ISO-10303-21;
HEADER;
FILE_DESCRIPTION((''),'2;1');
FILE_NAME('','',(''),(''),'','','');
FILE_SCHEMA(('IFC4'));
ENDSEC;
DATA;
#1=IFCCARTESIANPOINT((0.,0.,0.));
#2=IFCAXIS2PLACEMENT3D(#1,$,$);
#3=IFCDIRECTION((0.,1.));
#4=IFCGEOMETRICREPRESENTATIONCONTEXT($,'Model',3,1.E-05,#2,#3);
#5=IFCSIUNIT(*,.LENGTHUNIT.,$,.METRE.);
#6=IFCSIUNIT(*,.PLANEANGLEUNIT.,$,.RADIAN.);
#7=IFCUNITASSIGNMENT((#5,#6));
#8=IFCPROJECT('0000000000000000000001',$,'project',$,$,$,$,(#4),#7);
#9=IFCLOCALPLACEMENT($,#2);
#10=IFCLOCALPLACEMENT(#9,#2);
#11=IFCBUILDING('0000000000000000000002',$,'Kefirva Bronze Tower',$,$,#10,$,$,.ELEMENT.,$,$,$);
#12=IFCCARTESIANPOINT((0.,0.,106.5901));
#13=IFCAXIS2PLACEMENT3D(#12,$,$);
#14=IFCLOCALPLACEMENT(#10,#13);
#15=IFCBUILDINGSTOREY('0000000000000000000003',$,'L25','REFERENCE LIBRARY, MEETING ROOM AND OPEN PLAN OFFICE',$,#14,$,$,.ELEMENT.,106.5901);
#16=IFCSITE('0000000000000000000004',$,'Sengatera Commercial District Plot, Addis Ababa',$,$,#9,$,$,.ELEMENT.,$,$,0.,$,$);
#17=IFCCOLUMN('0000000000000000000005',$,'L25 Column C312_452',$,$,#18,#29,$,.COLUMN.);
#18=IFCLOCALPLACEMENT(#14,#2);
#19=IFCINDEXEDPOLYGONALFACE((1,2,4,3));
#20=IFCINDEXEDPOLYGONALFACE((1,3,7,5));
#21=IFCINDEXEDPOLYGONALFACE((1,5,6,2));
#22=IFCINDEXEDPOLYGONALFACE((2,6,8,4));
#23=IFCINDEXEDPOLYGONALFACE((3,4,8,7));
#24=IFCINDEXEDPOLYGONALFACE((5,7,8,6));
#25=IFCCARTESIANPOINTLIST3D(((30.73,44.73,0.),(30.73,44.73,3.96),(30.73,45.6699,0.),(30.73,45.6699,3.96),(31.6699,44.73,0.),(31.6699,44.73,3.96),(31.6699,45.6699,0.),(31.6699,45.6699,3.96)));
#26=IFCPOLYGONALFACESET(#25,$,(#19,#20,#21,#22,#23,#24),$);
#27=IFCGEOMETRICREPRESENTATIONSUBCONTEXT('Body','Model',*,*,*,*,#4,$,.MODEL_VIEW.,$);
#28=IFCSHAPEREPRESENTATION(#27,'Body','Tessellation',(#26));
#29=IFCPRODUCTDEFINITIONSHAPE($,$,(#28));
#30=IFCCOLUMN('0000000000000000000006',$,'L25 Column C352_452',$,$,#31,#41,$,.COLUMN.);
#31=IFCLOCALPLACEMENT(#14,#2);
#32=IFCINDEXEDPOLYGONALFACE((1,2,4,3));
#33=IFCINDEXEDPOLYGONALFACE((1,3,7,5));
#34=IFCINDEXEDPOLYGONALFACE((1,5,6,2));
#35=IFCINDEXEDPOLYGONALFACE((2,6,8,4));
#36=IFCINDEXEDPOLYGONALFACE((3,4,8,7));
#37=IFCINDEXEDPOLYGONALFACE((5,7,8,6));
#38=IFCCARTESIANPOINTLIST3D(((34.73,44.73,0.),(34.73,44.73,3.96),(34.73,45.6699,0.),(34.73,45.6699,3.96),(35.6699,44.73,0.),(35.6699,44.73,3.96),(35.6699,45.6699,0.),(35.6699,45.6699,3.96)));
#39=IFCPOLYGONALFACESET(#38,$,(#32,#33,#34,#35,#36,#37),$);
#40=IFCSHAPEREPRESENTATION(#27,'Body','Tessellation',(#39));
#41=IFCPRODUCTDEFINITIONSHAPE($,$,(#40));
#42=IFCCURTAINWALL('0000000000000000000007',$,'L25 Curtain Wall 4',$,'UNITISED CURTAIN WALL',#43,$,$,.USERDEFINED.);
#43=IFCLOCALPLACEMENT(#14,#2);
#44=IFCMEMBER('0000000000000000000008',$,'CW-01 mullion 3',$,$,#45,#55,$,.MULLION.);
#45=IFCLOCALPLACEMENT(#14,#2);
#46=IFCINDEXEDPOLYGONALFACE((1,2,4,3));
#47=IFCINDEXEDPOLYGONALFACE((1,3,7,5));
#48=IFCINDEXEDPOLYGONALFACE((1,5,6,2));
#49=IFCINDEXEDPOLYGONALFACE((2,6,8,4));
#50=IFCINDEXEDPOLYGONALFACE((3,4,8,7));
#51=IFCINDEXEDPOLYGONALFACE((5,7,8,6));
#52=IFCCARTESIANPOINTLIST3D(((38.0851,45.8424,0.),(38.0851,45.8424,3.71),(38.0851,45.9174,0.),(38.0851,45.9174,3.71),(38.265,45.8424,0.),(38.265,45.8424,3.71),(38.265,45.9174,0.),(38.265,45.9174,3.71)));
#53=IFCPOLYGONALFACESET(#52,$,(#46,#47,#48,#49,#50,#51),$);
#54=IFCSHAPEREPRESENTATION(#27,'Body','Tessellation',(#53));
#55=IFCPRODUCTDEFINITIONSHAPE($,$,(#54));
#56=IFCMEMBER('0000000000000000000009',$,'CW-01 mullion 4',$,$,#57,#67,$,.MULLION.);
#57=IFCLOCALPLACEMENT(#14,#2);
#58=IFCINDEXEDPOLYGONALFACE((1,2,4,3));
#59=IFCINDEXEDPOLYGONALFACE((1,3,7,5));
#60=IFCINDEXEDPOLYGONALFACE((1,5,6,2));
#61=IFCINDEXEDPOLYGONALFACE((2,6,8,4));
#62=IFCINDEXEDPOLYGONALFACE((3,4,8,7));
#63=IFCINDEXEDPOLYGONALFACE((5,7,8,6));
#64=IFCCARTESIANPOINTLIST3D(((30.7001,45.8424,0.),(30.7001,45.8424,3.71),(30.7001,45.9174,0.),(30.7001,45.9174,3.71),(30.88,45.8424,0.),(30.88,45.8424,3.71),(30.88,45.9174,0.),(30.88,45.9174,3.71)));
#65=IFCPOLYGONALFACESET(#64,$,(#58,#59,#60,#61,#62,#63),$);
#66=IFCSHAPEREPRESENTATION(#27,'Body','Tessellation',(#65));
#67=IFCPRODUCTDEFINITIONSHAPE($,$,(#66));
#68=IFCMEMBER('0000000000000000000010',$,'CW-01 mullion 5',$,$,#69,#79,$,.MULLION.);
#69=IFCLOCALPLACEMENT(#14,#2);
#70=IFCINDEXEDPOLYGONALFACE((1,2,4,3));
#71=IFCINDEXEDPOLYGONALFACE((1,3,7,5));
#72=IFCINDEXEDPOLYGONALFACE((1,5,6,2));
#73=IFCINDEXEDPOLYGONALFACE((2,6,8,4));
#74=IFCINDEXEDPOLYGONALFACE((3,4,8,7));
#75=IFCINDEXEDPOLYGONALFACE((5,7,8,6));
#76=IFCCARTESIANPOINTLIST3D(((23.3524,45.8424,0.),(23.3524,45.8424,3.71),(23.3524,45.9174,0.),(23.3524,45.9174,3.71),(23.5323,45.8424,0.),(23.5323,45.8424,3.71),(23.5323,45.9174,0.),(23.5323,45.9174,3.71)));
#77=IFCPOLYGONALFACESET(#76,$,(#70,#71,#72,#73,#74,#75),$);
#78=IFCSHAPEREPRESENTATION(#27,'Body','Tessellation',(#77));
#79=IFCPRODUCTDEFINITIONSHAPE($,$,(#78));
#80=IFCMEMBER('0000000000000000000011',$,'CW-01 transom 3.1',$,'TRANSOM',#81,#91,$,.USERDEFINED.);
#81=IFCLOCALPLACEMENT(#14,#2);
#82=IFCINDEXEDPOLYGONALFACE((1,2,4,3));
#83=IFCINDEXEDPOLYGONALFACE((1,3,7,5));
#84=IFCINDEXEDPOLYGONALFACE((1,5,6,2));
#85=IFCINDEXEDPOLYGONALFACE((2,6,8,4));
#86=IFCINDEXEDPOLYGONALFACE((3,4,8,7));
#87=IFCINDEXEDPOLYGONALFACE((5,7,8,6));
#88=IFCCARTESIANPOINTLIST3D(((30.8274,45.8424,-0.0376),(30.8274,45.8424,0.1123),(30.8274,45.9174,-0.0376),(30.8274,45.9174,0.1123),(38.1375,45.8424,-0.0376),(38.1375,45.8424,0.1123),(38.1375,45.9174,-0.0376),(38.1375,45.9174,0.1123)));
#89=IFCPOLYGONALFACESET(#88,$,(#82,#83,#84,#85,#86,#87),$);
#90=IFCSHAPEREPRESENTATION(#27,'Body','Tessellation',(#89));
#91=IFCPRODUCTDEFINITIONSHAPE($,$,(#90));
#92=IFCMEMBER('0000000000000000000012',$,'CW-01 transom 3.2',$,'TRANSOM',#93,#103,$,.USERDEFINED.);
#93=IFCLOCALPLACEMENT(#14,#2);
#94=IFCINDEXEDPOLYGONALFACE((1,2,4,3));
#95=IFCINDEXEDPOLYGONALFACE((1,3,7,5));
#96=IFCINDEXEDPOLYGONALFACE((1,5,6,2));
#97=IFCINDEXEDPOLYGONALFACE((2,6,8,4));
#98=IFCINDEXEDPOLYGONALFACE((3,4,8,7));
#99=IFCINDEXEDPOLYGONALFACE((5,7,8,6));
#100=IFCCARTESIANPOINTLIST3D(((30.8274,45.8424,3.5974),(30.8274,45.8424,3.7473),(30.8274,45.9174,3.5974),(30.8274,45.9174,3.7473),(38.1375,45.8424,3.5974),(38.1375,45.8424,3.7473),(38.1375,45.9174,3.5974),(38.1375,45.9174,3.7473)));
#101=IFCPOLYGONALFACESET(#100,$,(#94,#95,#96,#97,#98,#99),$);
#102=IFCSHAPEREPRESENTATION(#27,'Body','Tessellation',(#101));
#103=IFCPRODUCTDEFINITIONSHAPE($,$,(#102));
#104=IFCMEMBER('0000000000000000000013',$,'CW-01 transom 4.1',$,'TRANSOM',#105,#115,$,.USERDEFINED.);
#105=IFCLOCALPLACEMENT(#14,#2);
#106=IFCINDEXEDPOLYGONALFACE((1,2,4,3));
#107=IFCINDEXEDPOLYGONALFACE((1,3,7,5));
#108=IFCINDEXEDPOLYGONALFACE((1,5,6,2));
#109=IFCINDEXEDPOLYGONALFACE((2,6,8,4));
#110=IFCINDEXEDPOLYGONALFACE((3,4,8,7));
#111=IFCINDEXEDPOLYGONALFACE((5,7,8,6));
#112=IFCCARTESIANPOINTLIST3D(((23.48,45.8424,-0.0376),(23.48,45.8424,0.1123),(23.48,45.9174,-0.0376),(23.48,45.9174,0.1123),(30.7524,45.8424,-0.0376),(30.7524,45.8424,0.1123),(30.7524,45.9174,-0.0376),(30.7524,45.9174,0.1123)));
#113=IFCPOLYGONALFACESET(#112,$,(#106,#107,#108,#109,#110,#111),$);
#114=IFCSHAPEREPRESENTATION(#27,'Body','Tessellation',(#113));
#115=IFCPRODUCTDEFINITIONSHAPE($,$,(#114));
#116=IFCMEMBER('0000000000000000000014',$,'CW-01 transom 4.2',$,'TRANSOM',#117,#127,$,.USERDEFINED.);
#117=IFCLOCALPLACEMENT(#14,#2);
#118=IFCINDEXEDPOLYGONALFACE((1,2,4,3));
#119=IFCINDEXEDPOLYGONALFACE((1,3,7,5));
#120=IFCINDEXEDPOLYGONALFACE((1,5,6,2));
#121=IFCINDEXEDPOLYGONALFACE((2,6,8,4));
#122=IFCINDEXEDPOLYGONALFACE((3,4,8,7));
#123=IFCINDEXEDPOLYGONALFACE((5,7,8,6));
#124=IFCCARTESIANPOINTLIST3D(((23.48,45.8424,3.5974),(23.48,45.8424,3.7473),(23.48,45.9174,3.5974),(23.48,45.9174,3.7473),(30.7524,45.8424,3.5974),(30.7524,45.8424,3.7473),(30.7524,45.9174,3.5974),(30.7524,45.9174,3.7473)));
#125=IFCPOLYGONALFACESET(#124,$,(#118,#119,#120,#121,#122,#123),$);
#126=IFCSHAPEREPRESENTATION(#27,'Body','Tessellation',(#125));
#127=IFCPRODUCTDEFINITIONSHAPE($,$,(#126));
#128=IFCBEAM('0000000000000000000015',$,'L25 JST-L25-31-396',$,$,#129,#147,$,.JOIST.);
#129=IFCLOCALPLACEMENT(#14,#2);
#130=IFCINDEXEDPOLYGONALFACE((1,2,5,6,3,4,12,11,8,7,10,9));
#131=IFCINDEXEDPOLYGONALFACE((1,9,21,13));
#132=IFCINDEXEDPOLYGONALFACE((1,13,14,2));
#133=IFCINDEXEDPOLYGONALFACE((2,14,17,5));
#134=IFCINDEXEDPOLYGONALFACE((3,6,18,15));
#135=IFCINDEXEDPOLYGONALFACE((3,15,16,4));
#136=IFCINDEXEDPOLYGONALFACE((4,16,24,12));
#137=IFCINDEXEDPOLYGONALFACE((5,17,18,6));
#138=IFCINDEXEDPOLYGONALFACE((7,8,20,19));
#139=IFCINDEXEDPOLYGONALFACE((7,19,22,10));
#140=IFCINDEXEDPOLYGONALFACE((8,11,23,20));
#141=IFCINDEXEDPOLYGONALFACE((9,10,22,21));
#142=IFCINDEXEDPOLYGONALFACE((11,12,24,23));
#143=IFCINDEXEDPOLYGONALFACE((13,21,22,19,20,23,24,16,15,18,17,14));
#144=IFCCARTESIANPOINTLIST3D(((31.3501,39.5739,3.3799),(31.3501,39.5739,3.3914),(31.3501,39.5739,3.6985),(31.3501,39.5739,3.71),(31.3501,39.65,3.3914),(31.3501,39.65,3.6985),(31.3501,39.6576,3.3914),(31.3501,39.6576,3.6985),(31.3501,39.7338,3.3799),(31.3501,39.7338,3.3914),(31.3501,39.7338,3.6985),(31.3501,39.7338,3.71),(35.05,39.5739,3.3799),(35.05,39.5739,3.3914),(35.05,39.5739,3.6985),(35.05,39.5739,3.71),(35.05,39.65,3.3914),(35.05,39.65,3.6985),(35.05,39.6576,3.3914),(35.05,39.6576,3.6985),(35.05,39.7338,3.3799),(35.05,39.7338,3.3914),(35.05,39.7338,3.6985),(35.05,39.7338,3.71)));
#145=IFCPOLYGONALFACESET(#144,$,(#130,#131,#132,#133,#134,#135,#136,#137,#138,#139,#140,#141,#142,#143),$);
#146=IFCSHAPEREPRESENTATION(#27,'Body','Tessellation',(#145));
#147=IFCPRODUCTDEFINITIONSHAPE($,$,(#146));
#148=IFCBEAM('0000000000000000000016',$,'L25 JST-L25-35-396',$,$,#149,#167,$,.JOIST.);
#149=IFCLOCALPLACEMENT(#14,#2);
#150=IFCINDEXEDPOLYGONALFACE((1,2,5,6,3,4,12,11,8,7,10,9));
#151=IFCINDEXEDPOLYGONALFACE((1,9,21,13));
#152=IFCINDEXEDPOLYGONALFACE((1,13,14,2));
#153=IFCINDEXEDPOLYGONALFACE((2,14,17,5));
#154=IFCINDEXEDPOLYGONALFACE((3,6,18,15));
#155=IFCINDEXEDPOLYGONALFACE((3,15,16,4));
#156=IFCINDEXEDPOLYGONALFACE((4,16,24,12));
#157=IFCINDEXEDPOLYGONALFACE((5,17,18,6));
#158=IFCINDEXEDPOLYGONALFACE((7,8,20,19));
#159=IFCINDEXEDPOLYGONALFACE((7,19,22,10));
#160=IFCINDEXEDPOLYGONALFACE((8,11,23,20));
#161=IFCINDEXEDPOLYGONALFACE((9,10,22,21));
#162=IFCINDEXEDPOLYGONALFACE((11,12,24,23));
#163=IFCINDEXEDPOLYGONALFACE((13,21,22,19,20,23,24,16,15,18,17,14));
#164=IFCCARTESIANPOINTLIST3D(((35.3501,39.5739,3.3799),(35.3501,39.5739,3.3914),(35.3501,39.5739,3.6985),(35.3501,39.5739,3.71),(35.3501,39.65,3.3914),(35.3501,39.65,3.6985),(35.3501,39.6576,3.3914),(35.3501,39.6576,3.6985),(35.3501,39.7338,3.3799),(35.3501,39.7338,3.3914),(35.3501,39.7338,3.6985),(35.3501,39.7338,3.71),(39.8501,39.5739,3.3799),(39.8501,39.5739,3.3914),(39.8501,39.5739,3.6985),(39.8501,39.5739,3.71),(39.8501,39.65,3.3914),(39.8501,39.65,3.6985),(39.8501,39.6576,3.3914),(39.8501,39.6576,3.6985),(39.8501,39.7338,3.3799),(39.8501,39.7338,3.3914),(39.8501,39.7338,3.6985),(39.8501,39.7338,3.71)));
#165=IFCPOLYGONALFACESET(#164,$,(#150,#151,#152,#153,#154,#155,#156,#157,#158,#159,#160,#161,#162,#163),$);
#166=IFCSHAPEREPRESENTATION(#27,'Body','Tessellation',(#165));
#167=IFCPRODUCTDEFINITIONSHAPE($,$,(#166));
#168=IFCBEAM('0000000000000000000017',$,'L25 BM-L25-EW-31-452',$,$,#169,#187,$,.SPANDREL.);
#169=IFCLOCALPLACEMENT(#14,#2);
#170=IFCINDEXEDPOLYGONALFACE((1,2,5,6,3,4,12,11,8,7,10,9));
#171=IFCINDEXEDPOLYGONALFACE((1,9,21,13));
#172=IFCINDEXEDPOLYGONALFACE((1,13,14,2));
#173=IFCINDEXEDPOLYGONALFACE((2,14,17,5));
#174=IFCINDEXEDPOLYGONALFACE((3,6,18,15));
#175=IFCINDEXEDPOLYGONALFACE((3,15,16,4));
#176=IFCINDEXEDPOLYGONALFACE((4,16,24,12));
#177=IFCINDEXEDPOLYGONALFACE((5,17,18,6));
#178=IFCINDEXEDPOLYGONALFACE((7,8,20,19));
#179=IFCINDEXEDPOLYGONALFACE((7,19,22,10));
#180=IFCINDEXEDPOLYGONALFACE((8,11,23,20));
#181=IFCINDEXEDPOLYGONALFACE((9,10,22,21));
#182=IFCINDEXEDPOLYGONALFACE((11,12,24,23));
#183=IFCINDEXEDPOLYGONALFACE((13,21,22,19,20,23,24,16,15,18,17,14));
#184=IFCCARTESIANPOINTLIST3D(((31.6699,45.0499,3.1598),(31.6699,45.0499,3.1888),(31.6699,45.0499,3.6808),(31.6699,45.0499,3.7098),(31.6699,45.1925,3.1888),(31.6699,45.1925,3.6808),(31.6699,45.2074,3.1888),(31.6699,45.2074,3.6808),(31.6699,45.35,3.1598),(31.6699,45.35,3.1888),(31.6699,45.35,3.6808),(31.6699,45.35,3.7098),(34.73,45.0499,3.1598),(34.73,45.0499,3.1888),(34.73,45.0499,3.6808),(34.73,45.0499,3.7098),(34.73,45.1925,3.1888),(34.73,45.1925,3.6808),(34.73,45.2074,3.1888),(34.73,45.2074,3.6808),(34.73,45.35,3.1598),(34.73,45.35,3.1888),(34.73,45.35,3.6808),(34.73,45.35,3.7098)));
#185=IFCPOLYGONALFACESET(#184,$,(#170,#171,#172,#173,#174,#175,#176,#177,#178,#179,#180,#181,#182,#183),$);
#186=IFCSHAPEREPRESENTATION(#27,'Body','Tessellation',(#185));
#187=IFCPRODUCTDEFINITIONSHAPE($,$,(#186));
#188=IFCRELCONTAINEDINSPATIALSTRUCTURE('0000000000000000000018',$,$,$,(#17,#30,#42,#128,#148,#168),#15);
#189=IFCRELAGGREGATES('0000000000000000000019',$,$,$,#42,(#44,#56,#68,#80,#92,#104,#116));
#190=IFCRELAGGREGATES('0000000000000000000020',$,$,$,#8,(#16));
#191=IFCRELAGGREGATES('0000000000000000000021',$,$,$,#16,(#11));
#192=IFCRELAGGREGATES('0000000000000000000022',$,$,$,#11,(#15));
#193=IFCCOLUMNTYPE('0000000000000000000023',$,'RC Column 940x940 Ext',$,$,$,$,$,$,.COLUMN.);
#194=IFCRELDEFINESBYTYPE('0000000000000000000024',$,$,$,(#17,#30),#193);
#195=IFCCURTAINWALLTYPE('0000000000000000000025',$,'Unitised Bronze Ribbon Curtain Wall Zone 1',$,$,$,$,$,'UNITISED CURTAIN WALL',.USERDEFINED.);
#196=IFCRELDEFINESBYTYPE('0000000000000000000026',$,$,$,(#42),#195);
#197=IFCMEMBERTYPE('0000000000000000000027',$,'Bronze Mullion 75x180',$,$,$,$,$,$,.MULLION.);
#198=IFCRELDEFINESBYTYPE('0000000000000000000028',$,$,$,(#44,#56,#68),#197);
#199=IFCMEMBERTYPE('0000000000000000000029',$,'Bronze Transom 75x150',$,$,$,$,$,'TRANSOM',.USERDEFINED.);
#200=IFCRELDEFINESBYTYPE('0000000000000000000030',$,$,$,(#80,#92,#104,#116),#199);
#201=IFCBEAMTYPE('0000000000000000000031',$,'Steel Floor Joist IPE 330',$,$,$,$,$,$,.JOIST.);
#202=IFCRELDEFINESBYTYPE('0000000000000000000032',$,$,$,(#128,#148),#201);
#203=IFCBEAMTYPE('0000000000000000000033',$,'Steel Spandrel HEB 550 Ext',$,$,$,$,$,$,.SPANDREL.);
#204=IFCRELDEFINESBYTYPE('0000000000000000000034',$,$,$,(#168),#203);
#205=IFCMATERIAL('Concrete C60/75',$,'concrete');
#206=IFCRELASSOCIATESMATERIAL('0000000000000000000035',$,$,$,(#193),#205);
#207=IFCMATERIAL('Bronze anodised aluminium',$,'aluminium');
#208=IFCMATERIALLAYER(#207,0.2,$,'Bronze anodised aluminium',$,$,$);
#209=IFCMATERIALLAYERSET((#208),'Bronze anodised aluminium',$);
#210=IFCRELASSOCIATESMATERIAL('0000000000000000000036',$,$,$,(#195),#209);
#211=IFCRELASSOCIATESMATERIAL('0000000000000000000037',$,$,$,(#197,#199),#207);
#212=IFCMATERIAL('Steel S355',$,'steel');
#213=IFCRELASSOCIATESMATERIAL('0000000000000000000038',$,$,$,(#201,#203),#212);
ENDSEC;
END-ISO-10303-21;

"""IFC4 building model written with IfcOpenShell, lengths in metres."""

from ifc_helpers import new_model, si_unit, direction, frame, origin, origin_2d, place, context, subcontext, project, spatial, rectangle, i_section, extrude, material, layer, layer_set, material_profile, profile_set, type_object, element, aggregate, save


model = new_model("IFC4")

# Units and contexts
model_context = context("Model", 3, precision=1e-05, world=origin(), true_north=direction((0.0, 1.0)))
body_context = subcontext(model_context, "Body", "Model", "MODEL_VIEW")
ifc_project = project(units=[si_unit("LENGTHUNIT", "METRE"), si_unit("PLANEANGLEUNIT", "RADIAN")], contexts=[model_context])

# Site, building, storey
site_placement = place(None, origin())
site = spatial("IfcSite", under=ifc_project, at=site_placement, Name="Sengatera Commercial District Plot, Addis Ababa", CompositionType="ELEMENT", RefElevation=0.0)
building_placement = place(site_placement, origin())
building = spatial("IfcBuilding", under=site, at=building_placement, Name="Kefirva Bronze Tower", CompositionType="ELEMENT")
storey_placement = place(building_placement, frame((0.0, 0.0, 106.5901)))
storey = spatial("IfcBuildingStorey", under=building, at=storey_placement, Name="L25", Description="REFERENCE LIBRARY, MEETING ROOM AND OPEN PLAN OFFICE", CompositionType="ELEMENT", Elevation=106.5901)

# Columns
ifc_material_1 = material(Name="Concrete C60/75", Category="concrete")
ifc_material_profile_1 = material_profile(ifc_material_1, rectangle(XDim=0.9399, YDim=0.9399, at=origin_2d()), Name="RC 940x940")
ifc_profile_set_1 = profile_set([ifc_material_profile_1], Name="Concrete C60/75")
column_type = type_object("IfcColumnType", Name="RC Column 940x940 Ext", PredefinedType="COLUMN", material=ifc_profile_set_1)
for number, where, z_axis, x_axis, name in (
    (1, (31.2, 45.2, 0.0), (0.0, 0.0, 1.0), (1.0, 0.0, 0.0), "L25 Column C312_452"),
    (2, (35.2, 45.2, 0.0), (0.0, 0.0, 1.0), (1.0, 0.0, 0.0), "L25 Column C352_452"),
):
    element("IfcColumn", number, at=place(storey_placement, frame(where, z_axis=z_axis, x_axis=x_axis)), inside=storey, type_object=column_type, Name=name, PredefinedType="COLUMN", context=body_context, shape_type="SweptSolid", body=[
        extrude(rectangle(XDim=0.9399, YDim=0.9399, at=origin_2d()), origin(), (0.0, 0.0, 1.0), 3.96),
    ])

# Curtain wall, members
ifc_material_2 = material(Name="Bronze anodised aluminium", Category="aluminium")
ifc_layer_1 = layer(ifc_material_2, 0.2, Name="Bronze anodised aluminium")
ifc_layer_set_1 = layer_set([ifc_layer_1], Name="Bronze anodised aluminium")
curtain_wall_type = type_object("IfcCurtainWallType", Name="Unitised Bronze Ribbon Curtain Wall Zone 1", ElementType="UNITISED CURTAIN WALL", PredefinedType="USERDEFINED", material=ifc_layer_set_1)
curtain_wall_placement = place(storey_placement, origin())
curtain_wall = element("IfcCurtainWall", 3, at=curtain_wall_placement, inside=storey, type_object=curtain_wall_type, Name="L25 Curtain Wall 4", ObjectType="UNITISED CURTAIN WALL", PredefinedType="USERDEFINED")
ifc_material_profile_2 = material_profile(ifc_material_2, rectangle(XDim=0.075, YDim=0.1799, at=origin_2d()), Name="ALU 75x180")
ifc_profile_set_2 = profile_set([ifc_material_profile_2], Name="Bronze anodised aluminium")
member_type_1 = type_object("IfcMemberType", Name="Bronze Mullion 75x180", PredefinedType="MULLION", material=ifc_profile_set_2)
member_1_placement = place(storey_placement, frame((38.175, 45.8799, 0.0), z_axis=(0.0, 0.0, 1.0), x_axis=(0.0, -1.0, 0.0)))
member_1 = element("IfcMember", 4, at=member_1_placement, type_object=member_type_1, Name="CW-01 mullion 3", PredefinedType="MULLION", context=body_context, shape_type="SweptSolid", body=[
    extrude(rectangle(XDim=0.075, YDim=0.1799, at=origin_2d()), origin(), (0.0, 0.0, 1.0), 3.71),
])
member_2_placement = place(storey_placement, frame((30.79, 45.8799, 0.0), z_axis=(0.0, 0.0, 1.0), x_axis=(0.0, -1.0, 0.0)))
member_2 = element("IfcMember", 5, at=member_2_placement, type_object=member_type_1, Name="CW-01 mullion 4", PredefinedType="MULLION", context=body_context, shape_type="SweptSolid", body=[
    extrude(rectangle(XDim=0.075, YDim=0.1799, at=origin_2d()), origin(), (0.0, 0.0, 1.0), 3.71),
])
member_3_placement = place(storey_placement, frame((23.4424, 45.8799, 0.0), z_axis=(0.0, 0.0, 1.0), x_axis=(0.0, -1.0, 0.0)))
member_3 = element("IfcMember", 6, at=member_3_placement, type_object=member_type_1, Name="CW-01 mullion 5", PredefinedType="MULLION", context=body_context, shape_type="SweptSolid", body=[
    extrude(rectangle(XDim=0.075, YDim=0.1799, at=origin_2d()), origin(), (0.0, 0.0, 1.0), 3.71),
])
ifc_material_profile_3 = material_profile(ifc_material_2, rectangle(XDim=0.075, YDim=0.1499, at=origin_2d()), Name="ALU 75x150")
ifc_profile_set_3 = profile_set([ifc_material_profile_3], Name="Bronze anodised aluminium")
member_type_2 = type_object("IfcMemberType", Name="Bronze Transom 75x150", ElementType="TRANSOM", PredefinedType="USERDEFINED", material=ifc_profile_set_3)
member_4_placement = place(storey_placement, frame((38.1375, 45.8799, 0.0374), z_axis=(-1.0, 0.0, 0.0), x_axis=(0.0, -1.0, 0.0)))
member_4 = element("IfcMember", 7, at=member_4_placement, type_object=member_type_2, Name="CW-01 transom 3.1", ObjectType="TRANSOM", PredefinedType="USERDEFINED", context=body_context, shape_type="SweptSolid", body=[
    extrude(rectangle(XDim=0.075, YDim=0.1499, at=origin_2d()), origin(), (0.0, 0.0, 1.0), 7.3101),
])
member_5_placement = place(storey_placement, frame((38.1375, 45.8799, 3.6724), z_axis=(-1.0, 0.0, 0.0), x_axis=(0.0, -1.0, 0.0)))
member_5 = element("IfcMember", 8, at=member_5_placement, type_object=member_type_2, Name="CW-01 transom 3.2", ObjectType="TRANSOM", PredefinedType="USERDEFINED", context=body_context, shape_type="SweptSolid", body=[
    extrude(rectangle(XDim=0.075, YDim=0.1499, at=origin_2d()), origin(), (0.0, 0.0, 1.0), 7.3101),
])
member_6_placement = place(storey_placement, frame((30.7524, 45.8799, 0.0374), z_axis=(-1.0, 0.0, 0.0), x_axis=(0.0, -1.0, 0.0)))
member_6 = element("IfcMember", 9, at=member_6_placement, type_object=member_type_2, Name="CW-01 transom 4.1", ObjectType="TRANSOM", PredefinedType="USERDEFINED", context=body_context, shape_type="SweptSolid", body=[
    extrude(rectangle(XDim=0.075, YDim=0.1499, at=origin_2d()), origin(), (0.0, 0.0, 1.0), 7.2725),
])
member_7_placement = place(storey_placement, frame((30.7524, 45.8799, 3.6724), z_axis=(-1.0, 0.0, 0.0), x_axis=(0.0, -1.0, 0.0)))
member_7 = element("IfcMember", 10, at=member_7_placement, type_object=member_type_2, Name="CW-01 transom 4.2", ObjectType="TRANSOM", PredefinedType="USERDEFINED", context=body_context, shape_type="SweptSolid", body=[
    extrude(rectangle(XDim=0.075, YDim=0.1499, at=origin_2d()), origin(), (0.0, 0.0, 1.0), 7.2725),
])

# Beams
ifc_material_3 = material(Name="Steel S355", Category="steel")
ifc_material_profile_4 = material_profile(ifc_material_3, i_section(OverallWidth=0.1599, OverallDepth=0.3301, WebThickness=0.0076, FlangeThickness=0.0115, at=origin_2d()), Name="IPE 330")
ifc_profile_set_4 = profile_set([ifc_material_profile_4], Name="Steel S355")
beam_type_1 = type_object("IfcBeamType", Name="Steel Floor Joist IPE 330", PredefinedType="JOIST", material=ifc_profile_set_4)
beam_1_placement = place(storey_placement, frame((31.3501, 39.6538, 3.5449), z_axis=(1.0, 0.0, 0.0), x_axis=(0.0, 1.0, 0.0)))
element("IfcBeam", 11, at=beam_1_placement, inside=storey, type_object=beam_type_1, Name="L25 JST-L25-31-396", PredefinedType="JOIST", context=body_context, shape_type="SweptSolid", body=[
    extrude(i_section(OverallWidth=0.1599, OverallDepth=0.3301, WebThickness=0.0076, FlangeThickness=0.0115, at=origin_2d()), origin(), (0.0, 0.0, 1.0), 3.7),
])
beam_2_placement = place(storey_placement, frame((35.3501, 39.6538, 3.5449), z_axis=(1.0, 0.0, 0.0), x_axis=(0.0, 1.0, 0.0)))
element("IfcBeam", 12, at=beam_2_placement, inside=storey, type_object=beam_type_1, Name="L25 JST-L25-35-396", PredefinedType="JOIST", context=body_context, shape_type="SweptSolid", body=[
    extrude(i_section(OverallWidth=0.1599, OverallDepth=0.3301, WebThickness=0.0076, FlangeThickness=0.0115, at=origin_2d()), origin(), (0.0, 0.0, 1.0), 4.5),
])
ifc_material_profile_5 = material_profile(ifc_material_3, i_section(OverallWidth=0.3, OverallDepth=0.55, WebThickness=0.0149, FlangeThickness=0.0291, at=origin_2d()), Name="HEB 550")
ifc_profile_set_5 = profile_set([ifc_material_profile_5], Name="Steel S355")
beam_type_2 = type_object("IfcBeamType", Name="Steel Spandrel HEB 550 Ext", PredefinedType="SPANDREL", material=ifc_profile_set_5)
beam_3_placement = place(storey_placement, frame((31.6699, 45.2, 3.4348), z_axis=(1.0, 0.0, 0.0), x_axis=(0.0, 1.0, 0.0)))
element("IfcBeam", 13, at=beam_3_placement, inside=storey, type_object=beam_type_2, Name="L25 BM-L25-EW-31-452", PredefinedType="SPANDREL", context=body_context, shape_type="SweptSolid", body=[
    extrude(i_section(OverallWidth=0.3, OverallDepth=0.55, WebThickness=0.0149, FlangeThickness=0.0291, at=origin_2d()), origin(), (0.0, 0.0, 1.0), 3.0601),
])

aggregate(curtain_wall, [member_1, member_2, member_3, member_4, member_5, member_6, member_7])

save(model, "model.ifc")
